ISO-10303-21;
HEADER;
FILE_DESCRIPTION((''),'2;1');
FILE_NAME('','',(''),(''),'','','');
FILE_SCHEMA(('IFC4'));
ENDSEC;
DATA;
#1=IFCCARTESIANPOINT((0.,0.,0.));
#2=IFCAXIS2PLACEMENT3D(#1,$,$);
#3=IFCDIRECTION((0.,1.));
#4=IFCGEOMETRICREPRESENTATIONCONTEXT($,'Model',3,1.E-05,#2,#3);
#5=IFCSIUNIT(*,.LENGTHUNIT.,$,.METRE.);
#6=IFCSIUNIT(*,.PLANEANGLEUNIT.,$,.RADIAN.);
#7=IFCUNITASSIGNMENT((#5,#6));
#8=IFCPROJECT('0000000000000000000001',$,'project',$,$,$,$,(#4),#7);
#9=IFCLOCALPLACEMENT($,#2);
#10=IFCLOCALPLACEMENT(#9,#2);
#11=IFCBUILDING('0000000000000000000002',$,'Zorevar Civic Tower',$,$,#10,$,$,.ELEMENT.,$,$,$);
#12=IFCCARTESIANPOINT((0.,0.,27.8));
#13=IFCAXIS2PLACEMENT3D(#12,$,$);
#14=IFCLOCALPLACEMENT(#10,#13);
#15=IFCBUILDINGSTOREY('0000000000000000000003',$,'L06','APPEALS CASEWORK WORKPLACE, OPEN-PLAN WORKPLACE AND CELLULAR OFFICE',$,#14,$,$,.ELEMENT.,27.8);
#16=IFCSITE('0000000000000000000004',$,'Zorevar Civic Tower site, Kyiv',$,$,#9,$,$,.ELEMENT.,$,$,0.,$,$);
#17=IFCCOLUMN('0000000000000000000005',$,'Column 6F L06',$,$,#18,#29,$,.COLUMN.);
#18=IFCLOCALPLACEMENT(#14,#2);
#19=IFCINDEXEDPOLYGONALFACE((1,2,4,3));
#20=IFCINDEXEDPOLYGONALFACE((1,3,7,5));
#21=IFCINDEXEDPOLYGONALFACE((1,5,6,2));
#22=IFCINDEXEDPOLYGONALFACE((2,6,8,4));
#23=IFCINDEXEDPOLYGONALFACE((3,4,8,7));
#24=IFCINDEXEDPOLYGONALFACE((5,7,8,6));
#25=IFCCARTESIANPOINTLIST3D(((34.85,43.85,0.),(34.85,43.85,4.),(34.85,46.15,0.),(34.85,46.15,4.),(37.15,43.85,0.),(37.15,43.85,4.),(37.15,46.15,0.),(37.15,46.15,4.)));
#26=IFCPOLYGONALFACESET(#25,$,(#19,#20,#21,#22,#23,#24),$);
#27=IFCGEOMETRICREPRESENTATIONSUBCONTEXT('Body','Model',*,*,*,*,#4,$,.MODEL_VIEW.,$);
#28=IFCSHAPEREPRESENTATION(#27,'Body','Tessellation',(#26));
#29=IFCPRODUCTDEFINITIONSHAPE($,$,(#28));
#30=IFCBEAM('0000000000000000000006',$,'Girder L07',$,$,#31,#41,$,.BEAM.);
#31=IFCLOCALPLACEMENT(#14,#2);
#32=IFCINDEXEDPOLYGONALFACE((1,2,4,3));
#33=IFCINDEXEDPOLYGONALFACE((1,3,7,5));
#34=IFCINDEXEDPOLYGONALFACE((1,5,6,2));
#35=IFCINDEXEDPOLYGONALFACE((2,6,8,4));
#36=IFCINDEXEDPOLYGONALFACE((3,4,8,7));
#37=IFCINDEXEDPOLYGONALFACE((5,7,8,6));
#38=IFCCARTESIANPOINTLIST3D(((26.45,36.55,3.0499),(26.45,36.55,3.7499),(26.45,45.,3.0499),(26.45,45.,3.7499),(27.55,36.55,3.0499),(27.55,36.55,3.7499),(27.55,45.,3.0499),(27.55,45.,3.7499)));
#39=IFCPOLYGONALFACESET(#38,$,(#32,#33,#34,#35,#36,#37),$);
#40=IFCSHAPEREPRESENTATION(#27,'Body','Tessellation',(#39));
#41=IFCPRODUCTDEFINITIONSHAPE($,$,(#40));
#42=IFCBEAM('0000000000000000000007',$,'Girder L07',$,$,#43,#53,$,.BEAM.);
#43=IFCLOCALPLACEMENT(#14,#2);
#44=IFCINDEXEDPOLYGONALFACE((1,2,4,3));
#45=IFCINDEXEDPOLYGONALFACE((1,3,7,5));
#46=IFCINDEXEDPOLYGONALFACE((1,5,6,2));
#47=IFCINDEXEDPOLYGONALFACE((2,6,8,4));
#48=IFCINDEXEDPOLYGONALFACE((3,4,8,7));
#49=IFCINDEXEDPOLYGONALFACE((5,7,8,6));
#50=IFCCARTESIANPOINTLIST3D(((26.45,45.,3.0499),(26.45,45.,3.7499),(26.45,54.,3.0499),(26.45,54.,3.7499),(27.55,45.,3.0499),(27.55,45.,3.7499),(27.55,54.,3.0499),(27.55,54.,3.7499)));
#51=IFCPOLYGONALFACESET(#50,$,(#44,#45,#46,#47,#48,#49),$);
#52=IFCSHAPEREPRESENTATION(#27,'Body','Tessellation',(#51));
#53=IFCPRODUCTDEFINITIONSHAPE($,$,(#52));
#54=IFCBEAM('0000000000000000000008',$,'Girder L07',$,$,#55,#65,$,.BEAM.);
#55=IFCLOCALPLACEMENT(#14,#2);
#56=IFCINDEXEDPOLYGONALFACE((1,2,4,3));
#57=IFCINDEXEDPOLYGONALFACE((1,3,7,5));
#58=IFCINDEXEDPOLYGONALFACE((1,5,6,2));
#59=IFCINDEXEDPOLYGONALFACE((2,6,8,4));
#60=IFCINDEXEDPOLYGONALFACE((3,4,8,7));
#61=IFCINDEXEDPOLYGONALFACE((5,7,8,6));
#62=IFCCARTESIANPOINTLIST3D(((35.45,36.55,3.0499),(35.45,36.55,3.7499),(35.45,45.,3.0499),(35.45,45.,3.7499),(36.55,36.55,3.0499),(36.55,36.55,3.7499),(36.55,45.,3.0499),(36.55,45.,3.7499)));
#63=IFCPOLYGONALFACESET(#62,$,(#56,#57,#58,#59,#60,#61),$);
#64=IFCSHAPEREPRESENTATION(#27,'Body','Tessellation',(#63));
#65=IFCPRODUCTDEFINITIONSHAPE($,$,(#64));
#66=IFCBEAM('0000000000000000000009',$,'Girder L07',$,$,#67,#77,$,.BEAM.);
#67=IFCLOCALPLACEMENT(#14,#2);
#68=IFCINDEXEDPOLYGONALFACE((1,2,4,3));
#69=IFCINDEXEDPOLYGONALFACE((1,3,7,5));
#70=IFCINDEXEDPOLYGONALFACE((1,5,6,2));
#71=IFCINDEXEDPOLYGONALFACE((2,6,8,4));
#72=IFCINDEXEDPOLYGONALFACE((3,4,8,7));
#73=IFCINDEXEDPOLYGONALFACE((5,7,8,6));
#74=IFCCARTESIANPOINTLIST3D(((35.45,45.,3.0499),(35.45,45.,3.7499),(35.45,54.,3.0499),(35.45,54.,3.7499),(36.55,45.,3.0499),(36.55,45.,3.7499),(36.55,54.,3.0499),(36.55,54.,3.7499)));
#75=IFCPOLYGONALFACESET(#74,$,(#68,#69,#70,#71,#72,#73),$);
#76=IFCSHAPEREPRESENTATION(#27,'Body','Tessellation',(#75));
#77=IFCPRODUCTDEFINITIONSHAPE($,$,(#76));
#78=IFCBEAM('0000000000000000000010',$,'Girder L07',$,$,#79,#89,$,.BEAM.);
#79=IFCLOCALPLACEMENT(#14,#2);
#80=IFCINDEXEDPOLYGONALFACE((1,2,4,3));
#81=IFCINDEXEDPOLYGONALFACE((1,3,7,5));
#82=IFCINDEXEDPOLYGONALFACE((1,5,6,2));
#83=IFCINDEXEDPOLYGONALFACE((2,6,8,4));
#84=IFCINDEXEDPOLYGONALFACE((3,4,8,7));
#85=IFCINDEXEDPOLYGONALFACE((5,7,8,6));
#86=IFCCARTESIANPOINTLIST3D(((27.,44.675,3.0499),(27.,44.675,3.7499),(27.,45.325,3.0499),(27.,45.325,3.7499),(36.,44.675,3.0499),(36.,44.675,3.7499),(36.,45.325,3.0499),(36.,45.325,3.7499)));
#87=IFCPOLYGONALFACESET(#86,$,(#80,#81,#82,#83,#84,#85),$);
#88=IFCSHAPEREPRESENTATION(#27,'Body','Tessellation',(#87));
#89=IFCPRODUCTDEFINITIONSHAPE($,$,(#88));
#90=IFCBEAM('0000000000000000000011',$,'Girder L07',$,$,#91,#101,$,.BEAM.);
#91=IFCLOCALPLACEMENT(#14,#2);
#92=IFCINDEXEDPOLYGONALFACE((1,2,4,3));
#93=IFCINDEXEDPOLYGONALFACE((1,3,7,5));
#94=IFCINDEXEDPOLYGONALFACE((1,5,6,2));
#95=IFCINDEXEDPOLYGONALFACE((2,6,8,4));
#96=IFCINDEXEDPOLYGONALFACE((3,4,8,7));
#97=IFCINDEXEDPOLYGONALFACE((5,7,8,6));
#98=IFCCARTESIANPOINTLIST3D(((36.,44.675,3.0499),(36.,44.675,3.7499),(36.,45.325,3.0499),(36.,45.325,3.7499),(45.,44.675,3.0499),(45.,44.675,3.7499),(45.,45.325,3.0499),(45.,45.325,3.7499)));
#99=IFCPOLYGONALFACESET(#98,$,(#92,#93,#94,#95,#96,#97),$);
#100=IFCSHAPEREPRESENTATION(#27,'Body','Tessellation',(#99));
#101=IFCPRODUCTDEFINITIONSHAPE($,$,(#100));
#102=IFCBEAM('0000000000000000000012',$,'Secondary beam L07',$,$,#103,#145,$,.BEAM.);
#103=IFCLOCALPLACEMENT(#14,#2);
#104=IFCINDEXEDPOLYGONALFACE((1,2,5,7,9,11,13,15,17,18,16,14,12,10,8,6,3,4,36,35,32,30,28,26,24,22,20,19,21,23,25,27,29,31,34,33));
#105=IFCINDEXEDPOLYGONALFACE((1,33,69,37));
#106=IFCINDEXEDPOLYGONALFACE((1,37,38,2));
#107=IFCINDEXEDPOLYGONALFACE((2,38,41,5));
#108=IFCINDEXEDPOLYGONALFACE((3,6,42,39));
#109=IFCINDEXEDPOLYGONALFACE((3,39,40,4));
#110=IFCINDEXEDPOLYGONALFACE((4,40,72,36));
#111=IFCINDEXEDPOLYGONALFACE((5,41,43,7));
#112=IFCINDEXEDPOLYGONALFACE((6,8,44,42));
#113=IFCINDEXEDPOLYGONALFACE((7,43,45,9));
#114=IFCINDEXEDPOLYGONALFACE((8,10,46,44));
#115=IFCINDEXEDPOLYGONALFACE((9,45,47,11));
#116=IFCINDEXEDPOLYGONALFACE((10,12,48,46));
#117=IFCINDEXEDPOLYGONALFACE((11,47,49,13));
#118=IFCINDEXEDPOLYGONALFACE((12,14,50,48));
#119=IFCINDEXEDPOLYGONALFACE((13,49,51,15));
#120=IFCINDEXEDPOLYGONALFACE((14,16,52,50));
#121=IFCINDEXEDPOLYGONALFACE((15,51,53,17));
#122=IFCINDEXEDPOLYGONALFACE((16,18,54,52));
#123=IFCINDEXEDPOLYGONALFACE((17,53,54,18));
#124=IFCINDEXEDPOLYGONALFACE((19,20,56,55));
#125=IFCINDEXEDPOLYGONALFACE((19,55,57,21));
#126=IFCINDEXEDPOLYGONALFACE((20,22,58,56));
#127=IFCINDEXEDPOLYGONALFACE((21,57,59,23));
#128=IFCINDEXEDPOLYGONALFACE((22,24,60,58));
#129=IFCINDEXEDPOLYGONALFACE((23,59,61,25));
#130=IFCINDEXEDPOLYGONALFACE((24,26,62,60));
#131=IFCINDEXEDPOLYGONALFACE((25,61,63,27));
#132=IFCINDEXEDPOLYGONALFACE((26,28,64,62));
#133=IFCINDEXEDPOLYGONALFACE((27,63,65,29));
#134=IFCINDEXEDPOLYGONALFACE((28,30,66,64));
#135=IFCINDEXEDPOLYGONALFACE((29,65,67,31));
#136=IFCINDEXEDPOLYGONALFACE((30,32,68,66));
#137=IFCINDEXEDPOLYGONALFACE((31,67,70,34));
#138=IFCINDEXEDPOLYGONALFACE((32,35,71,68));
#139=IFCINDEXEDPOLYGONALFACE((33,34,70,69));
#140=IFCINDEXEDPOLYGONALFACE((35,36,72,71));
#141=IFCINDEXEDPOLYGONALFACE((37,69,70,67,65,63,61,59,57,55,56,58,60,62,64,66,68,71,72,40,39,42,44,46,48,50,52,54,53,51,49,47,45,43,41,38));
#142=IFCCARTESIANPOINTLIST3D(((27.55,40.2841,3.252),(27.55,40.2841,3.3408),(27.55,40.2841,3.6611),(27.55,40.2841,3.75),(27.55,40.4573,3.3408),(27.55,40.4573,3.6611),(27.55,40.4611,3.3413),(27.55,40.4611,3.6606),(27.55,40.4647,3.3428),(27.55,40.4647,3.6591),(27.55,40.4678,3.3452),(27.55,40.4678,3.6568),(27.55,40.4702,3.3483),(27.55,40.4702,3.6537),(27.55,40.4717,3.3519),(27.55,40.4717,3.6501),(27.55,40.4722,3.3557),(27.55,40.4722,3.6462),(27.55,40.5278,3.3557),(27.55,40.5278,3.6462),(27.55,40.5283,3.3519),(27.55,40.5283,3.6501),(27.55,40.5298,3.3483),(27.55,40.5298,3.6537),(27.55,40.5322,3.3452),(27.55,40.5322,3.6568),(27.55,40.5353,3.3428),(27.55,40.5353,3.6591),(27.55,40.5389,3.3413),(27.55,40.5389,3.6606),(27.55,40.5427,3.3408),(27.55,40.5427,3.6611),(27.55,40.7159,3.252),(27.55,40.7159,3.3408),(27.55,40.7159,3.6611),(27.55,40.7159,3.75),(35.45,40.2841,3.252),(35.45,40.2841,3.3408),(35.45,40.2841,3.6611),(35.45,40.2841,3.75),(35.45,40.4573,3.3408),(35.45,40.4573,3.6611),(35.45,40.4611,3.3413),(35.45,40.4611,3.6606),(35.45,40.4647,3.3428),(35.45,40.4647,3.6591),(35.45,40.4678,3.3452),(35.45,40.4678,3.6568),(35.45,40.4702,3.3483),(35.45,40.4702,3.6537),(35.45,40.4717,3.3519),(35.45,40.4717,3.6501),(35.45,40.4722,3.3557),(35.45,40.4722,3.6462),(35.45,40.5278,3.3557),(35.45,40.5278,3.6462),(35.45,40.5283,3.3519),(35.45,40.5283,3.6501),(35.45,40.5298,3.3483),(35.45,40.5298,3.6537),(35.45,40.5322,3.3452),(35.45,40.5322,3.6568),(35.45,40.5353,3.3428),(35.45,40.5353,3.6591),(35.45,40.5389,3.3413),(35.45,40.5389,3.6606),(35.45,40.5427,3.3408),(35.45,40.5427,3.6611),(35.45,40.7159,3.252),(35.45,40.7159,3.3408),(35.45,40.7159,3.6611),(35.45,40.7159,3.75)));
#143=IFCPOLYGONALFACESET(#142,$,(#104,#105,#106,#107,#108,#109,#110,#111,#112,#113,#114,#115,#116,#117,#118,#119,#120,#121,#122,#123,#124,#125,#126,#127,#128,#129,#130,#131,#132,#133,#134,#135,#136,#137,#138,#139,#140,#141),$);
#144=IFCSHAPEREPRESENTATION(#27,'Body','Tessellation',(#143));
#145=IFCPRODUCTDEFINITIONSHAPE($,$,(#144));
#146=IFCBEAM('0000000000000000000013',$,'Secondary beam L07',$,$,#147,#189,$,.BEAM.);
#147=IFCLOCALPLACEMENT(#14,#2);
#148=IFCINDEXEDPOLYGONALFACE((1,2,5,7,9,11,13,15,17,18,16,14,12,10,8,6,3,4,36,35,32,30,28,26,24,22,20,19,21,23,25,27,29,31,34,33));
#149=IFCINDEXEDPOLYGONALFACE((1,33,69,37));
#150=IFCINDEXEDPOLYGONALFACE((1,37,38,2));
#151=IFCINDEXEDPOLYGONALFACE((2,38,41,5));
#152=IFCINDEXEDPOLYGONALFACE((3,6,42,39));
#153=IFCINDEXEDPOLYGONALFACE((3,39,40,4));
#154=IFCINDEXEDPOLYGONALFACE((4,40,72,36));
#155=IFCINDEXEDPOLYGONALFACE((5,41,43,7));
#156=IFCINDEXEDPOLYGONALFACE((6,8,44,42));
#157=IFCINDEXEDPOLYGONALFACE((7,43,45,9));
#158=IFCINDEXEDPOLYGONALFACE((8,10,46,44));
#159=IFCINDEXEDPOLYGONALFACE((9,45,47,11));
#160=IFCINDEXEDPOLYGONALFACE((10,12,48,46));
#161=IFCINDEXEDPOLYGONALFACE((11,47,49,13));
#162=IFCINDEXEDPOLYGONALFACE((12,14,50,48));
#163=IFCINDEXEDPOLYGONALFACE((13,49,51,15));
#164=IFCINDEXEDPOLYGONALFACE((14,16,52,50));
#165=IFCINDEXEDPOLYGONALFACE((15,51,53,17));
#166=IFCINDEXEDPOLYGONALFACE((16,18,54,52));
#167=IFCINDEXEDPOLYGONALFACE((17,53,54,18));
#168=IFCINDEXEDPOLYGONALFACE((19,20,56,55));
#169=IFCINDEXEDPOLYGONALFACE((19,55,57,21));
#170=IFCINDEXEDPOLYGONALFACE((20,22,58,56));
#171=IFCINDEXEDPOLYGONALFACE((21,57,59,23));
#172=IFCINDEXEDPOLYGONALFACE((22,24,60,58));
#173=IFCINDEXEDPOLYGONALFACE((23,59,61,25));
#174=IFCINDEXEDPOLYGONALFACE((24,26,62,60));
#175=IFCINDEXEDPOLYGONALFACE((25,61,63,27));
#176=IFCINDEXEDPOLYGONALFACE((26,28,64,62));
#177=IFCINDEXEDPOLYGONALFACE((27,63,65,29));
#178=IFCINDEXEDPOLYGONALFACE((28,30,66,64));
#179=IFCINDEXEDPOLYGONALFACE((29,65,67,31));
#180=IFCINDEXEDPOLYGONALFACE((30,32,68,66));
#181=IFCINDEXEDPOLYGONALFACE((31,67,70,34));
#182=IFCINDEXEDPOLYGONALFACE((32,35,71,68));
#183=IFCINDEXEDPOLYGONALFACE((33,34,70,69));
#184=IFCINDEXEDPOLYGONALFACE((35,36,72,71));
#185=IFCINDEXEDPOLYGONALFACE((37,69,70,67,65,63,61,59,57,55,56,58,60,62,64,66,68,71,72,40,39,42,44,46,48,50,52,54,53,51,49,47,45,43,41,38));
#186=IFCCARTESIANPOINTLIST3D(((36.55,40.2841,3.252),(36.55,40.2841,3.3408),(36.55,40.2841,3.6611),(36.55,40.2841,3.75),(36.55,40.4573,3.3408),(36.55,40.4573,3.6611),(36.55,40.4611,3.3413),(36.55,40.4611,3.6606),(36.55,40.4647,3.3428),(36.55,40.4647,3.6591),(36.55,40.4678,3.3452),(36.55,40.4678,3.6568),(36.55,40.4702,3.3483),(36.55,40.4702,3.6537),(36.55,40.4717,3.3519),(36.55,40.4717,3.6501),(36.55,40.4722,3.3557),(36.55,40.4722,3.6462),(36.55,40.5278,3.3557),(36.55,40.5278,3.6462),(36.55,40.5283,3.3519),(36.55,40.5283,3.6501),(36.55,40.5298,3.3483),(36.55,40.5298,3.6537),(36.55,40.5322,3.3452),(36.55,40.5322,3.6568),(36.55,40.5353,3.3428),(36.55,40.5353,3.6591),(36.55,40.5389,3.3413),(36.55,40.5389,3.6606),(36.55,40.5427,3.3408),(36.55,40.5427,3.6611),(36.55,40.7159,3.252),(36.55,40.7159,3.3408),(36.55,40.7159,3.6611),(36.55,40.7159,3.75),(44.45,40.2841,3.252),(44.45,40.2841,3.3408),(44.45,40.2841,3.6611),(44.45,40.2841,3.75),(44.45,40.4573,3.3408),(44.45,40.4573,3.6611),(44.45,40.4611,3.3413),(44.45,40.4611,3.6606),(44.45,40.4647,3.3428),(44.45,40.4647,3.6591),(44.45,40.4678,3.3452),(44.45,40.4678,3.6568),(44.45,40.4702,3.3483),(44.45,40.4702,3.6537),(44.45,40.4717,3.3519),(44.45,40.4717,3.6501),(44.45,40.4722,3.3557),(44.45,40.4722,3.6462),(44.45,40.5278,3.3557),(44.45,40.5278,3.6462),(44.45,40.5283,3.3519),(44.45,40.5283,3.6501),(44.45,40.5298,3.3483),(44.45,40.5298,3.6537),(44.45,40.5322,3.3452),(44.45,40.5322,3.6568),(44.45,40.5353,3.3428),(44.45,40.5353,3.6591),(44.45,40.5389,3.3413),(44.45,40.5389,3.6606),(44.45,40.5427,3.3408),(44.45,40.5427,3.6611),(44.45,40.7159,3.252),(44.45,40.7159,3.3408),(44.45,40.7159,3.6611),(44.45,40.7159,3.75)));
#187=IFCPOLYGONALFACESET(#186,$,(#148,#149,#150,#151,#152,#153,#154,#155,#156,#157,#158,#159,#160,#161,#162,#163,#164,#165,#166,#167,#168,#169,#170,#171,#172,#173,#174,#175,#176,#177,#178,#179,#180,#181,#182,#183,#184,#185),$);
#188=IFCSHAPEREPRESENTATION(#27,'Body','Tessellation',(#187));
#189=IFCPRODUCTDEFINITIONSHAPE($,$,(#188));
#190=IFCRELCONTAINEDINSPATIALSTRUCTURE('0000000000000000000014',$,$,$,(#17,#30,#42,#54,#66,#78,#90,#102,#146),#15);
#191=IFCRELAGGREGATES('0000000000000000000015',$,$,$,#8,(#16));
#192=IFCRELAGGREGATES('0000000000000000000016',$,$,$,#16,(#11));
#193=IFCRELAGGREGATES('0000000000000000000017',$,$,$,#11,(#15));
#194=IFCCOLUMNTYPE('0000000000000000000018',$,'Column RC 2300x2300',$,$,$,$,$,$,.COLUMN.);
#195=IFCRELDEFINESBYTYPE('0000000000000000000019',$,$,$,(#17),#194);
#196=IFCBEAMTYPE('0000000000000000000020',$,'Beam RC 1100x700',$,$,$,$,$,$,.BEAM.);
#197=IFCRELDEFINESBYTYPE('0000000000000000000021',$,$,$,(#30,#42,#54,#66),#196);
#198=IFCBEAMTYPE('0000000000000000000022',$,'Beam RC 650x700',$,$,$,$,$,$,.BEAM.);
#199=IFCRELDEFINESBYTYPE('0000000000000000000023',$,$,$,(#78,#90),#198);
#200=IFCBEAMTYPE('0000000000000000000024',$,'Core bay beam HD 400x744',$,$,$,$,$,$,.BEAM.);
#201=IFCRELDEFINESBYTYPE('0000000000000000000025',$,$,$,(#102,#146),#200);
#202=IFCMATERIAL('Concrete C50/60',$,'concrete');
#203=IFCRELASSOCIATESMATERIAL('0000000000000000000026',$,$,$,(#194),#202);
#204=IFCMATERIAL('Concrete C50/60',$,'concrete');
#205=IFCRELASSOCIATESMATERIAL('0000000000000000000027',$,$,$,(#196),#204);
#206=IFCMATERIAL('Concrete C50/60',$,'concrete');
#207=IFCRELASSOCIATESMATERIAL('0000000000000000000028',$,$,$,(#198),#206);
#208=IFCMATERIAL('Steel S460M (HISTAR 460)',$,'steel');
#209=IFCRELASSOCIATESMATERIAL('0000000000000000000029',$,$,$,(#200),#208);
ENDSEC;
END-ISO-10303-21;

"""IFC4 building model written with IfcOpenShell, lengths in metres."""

from ifc_helpers import new_model, si_unit, direction, frame, origin, origin_2d, place, context, subcontext, project, spatial, rectangle, i_section, extrude, material, material_profile, profile_set, type_object, element, save


model = new_model("IFC4")

# Units and contexts
model_context = context("Model", 3, precision=1e-05, world=origin(), true_north=direction((0.0, 1.0)))
body_context = subcontext(model_context, "Body", "Model", "MODEL_VIEW")
ifc_project = project(units=[si_unit("LENGTHUNIT", "METRE"), si_unit("PLANEANGLEUNIT", "RADIAN")], contexts=[model_context])

# Site, building, storey
site_placement = place(None, origin())
site = spatial("IfcSite", under=ifc_project, at=site_placement, Name="Zorevar Civic Tower site, Kyiv", CompositionType="ELEMENT", RefElevation=0.0)
building_placement = place(site_placement, origin())
building = spatial("IfcBuilding", under=site, at=building_placement, Name="Zorevar Civic Tower", CompositionType="ELEMENT")
storey_placement = place(building_placement, frame((0.0, 0.0, 27.8)))
storey = spatial("IfcBuildingStorey", under=building, at=storey_placement, Name="L06", Description="APPEALS CASEWORK WORKPLACE, OPEN-PLAN WORKPLACE AND CELLULAR OFFICE", CompositionType="ELEMENT", Elevation=27.8)

# Column
ifc_material_1 = material(Name="Concrete C50/60", Category="concrete")
ifc_material_profile_1 = material_profile(ifc_material_1, rectangle(XDim=2.3, YDim=2.3, at=origin_2d()), Name="RC 2300x2300")
ifc_profile_set_1 = profile_set([ifc_material_profile_1], Name="Concrete C50/60")
column_type = type_object("IfcColumnType", Name="Column RC 2300x2300", PredefinedType="COLUMN", material=ifc_profile_set_1)
column_placement = place(storey_placement, frame((36.0, 45.0, 0.0), z_axis=(0.0, 0.0, 1.0), x_axis=(1.0, 0.0, 0.0)))
element("IfcColumn", 1, at=column_placement, inside=storey, type_object=column_type, Name="Column 6F L06", PredefinedType="COLUMN", context=body_context, shape_type="SweptSolid", body=[
    extrude(rectangle(XDim=2.3, YDim=2.3, at=origin_2d()), origin(), (0.0, 0.0, 1.0), 4.0),
])

# Beams
ifc_material_2 = material(Name="Concrete C50/60", Category="concrete")
ifc_material_profile_2 = material_profile(ifc_material_2, rectangle(XDim=1.1001, YDim=0.7, at=origin_2d()), Name="RC 1100x700")
ifc_profile_set_2 = profile_set([ifc_material_profile_2], Name="Concrete C50/60")
beam_type_1 = type_object("IfcBeamType", Name="Beam RC 1100x700", PredefinedType="BEAM", material=ifc_profile_set_2)
beam_1_placement = place(storey_placement, frame((27.0, 36.55, 3.3999), z_axis=(0.0, 1.0, 0.0), x_axis=(-1.0, 0.0, 0.0)))
element("IfcBeam", 2, at=beam_1_placement, inside=storey, type_object=beam_type_1, Name="Girder L07", PredefinedType="BEAM", context=body_context, shape_type="SweptSolid", body=[
    extrude(rectangle(XDim=1.1001, YDim=0.7, at=origin_2d()), origin(), (0.0, 0.0, 1.0), 8.45),
])
beam_2_placement = place(storey_placement, frame((27.0, 45.0, 3.3999), z_axis=(0.0, 1.0, 0.0), x_axis=(-1.0, 0.0, 0.0)))
element("IfcBeam", 3, at=beam_2_placement, inside=storey, type_object=beam_type_1, Name="Girder L07", PredefinedType="BEAM", context=body_context, shape_type="SweptSolid", body=[
    extrude(rectangle(XDim=1.1001, YDim=0.7, at=origin_2d()), origin(), (0.0, 0.0, 1.0), 9.0),
])
beam_3_placement = place(storey_placement, frame((36.0, 36.55, 3.3999), z_axis=(0.0, 1.0, 0.0), x_axis=(-1.0, 0.0, 0.0)))
element("IfcBeam", 4, at=beam_3_placement, inside=storey, type_object=beam_type_1, Name="Girder L07", PredefinedType="BEAM", context=body_context, shape_type="SweptSolid", body=[
    extrude(rectangle(XDim=1.1001, YDim=0.7, at=origin_2d()), origin(), (0.0, 0.0, 1.0), 8.45),
])
beam_4_placement = place(storey_placement, frame((36.0, 45.0, 3.3999), z_axis=(0.0, 1.0, 0.0), x_axis=(-1.0, 0.0, 0.0)))
element("IfcBeam", 5, at=beam_4_placement, inside=storey, type_object=beam_type_1, Name="Girder L07", PredefinedType="BEAM", context=body_context, shape_type="SweptSolid", body=[
    extrude(rectangle(XDim=1.1001, YDim=0.7, at=origin_2d()), origin(), (0.0, 0.0, 1.0), 9.0),
])
ifc_material_3 = material(Name="Concrete C50/60", Category="concrete")
ifc_material_profile_3 = material_profile(ifc_material_3, rectangle(XDim=0.6499, YDim=0.7, at=origin_2d()), Name="RC 650x700")
ifc_profile_set_3 = profile_set([ifc_material_profile_3], Name="Concrete C50/60")
beam_type_2 = type_object("IfcBeamType", Name="Beam RC 650x700", PredefinedType="BEAM", material=ifc_profile_set_3)
for number, where, z_axis, x_axis, name in (
    (6, (27.0, 45.0, 3.3999), (1.0, 0.0, 0.0), (0.0, 1.0, 0.0), "Girder L07"),
    (7, (36.0, 45.0, 3.3999), (1.0, 0.0, 0.0), (0.0, 1.0, 0.0), "Girder L07"),
):
    element("IfcBeam", number, at=place(storey_placement, frame(where, z_axis=z_axis, x_axis=x_axis)), inside=storey, type_object=beam_type_2, Name=name, PredefinedType="BEAM", context=body_context, shape_type="SweptSolid", body=[
        extrude(rectangle(XDim=0.6499, YDim=0.7, at=origin_2d()), origin(), (0.0, 0.0, 1.0), 9.0),
    ])
ifc_material_4 = material(Name="Steel S460M (HISTAR 460)", Category="steel")
ifc_material_profile_4 = material_profile(ifc_material_4, i_section(OverallWidth=0.4319, OverallDepth=0.498, WebThickness=0.0557, FlangeThickness=0.0889, FilletRadius=0.0149, at=origin_2d()), Name="HD 400x744")
ifc_profile_set_4 = profile_set([ifc_material_profile_4], Name="Steel S460M (HISTAR 460)")
beam_type_3 = type_object("IfcBeamType", Name="Core bay beam HD 400x744", PredefinedType="BEAM", material=ifc_profile_set_4)
for number, where, z_axis, x_axis, name in (
    (8, (27.55, 40.5, 3.501), (1.0, 0.0, 0.0), (0.0, 1.0, 0.0), "Secondary beam L07"),
    (9, (36.55, 40.5, 3.501), (1.0, 0.0, 0.0), (0.0, 1.0, 0.0), "Secondary beam L07"),
):
    element("IfcBeam", number, at=place(storey_placement, frame(where, z_axis=z_axis, x_axis=x_axis)), inside=storey, type_object=beam_type_3, Name=name, PredefinedType="BEAM", context=body_context, shape_type="SweptSolid", body=[
        extrude(i_section(OverallWidth=0.4319, OverallDepth=0.498, WebThickness=0.0557, FlangeThickness=0.0889, FilletRadius=0.0149, at=origin_2d()), origin(), (0.0, 0.0, 1.0), 7.8999),
    ])

save(model, "model.ifc")
